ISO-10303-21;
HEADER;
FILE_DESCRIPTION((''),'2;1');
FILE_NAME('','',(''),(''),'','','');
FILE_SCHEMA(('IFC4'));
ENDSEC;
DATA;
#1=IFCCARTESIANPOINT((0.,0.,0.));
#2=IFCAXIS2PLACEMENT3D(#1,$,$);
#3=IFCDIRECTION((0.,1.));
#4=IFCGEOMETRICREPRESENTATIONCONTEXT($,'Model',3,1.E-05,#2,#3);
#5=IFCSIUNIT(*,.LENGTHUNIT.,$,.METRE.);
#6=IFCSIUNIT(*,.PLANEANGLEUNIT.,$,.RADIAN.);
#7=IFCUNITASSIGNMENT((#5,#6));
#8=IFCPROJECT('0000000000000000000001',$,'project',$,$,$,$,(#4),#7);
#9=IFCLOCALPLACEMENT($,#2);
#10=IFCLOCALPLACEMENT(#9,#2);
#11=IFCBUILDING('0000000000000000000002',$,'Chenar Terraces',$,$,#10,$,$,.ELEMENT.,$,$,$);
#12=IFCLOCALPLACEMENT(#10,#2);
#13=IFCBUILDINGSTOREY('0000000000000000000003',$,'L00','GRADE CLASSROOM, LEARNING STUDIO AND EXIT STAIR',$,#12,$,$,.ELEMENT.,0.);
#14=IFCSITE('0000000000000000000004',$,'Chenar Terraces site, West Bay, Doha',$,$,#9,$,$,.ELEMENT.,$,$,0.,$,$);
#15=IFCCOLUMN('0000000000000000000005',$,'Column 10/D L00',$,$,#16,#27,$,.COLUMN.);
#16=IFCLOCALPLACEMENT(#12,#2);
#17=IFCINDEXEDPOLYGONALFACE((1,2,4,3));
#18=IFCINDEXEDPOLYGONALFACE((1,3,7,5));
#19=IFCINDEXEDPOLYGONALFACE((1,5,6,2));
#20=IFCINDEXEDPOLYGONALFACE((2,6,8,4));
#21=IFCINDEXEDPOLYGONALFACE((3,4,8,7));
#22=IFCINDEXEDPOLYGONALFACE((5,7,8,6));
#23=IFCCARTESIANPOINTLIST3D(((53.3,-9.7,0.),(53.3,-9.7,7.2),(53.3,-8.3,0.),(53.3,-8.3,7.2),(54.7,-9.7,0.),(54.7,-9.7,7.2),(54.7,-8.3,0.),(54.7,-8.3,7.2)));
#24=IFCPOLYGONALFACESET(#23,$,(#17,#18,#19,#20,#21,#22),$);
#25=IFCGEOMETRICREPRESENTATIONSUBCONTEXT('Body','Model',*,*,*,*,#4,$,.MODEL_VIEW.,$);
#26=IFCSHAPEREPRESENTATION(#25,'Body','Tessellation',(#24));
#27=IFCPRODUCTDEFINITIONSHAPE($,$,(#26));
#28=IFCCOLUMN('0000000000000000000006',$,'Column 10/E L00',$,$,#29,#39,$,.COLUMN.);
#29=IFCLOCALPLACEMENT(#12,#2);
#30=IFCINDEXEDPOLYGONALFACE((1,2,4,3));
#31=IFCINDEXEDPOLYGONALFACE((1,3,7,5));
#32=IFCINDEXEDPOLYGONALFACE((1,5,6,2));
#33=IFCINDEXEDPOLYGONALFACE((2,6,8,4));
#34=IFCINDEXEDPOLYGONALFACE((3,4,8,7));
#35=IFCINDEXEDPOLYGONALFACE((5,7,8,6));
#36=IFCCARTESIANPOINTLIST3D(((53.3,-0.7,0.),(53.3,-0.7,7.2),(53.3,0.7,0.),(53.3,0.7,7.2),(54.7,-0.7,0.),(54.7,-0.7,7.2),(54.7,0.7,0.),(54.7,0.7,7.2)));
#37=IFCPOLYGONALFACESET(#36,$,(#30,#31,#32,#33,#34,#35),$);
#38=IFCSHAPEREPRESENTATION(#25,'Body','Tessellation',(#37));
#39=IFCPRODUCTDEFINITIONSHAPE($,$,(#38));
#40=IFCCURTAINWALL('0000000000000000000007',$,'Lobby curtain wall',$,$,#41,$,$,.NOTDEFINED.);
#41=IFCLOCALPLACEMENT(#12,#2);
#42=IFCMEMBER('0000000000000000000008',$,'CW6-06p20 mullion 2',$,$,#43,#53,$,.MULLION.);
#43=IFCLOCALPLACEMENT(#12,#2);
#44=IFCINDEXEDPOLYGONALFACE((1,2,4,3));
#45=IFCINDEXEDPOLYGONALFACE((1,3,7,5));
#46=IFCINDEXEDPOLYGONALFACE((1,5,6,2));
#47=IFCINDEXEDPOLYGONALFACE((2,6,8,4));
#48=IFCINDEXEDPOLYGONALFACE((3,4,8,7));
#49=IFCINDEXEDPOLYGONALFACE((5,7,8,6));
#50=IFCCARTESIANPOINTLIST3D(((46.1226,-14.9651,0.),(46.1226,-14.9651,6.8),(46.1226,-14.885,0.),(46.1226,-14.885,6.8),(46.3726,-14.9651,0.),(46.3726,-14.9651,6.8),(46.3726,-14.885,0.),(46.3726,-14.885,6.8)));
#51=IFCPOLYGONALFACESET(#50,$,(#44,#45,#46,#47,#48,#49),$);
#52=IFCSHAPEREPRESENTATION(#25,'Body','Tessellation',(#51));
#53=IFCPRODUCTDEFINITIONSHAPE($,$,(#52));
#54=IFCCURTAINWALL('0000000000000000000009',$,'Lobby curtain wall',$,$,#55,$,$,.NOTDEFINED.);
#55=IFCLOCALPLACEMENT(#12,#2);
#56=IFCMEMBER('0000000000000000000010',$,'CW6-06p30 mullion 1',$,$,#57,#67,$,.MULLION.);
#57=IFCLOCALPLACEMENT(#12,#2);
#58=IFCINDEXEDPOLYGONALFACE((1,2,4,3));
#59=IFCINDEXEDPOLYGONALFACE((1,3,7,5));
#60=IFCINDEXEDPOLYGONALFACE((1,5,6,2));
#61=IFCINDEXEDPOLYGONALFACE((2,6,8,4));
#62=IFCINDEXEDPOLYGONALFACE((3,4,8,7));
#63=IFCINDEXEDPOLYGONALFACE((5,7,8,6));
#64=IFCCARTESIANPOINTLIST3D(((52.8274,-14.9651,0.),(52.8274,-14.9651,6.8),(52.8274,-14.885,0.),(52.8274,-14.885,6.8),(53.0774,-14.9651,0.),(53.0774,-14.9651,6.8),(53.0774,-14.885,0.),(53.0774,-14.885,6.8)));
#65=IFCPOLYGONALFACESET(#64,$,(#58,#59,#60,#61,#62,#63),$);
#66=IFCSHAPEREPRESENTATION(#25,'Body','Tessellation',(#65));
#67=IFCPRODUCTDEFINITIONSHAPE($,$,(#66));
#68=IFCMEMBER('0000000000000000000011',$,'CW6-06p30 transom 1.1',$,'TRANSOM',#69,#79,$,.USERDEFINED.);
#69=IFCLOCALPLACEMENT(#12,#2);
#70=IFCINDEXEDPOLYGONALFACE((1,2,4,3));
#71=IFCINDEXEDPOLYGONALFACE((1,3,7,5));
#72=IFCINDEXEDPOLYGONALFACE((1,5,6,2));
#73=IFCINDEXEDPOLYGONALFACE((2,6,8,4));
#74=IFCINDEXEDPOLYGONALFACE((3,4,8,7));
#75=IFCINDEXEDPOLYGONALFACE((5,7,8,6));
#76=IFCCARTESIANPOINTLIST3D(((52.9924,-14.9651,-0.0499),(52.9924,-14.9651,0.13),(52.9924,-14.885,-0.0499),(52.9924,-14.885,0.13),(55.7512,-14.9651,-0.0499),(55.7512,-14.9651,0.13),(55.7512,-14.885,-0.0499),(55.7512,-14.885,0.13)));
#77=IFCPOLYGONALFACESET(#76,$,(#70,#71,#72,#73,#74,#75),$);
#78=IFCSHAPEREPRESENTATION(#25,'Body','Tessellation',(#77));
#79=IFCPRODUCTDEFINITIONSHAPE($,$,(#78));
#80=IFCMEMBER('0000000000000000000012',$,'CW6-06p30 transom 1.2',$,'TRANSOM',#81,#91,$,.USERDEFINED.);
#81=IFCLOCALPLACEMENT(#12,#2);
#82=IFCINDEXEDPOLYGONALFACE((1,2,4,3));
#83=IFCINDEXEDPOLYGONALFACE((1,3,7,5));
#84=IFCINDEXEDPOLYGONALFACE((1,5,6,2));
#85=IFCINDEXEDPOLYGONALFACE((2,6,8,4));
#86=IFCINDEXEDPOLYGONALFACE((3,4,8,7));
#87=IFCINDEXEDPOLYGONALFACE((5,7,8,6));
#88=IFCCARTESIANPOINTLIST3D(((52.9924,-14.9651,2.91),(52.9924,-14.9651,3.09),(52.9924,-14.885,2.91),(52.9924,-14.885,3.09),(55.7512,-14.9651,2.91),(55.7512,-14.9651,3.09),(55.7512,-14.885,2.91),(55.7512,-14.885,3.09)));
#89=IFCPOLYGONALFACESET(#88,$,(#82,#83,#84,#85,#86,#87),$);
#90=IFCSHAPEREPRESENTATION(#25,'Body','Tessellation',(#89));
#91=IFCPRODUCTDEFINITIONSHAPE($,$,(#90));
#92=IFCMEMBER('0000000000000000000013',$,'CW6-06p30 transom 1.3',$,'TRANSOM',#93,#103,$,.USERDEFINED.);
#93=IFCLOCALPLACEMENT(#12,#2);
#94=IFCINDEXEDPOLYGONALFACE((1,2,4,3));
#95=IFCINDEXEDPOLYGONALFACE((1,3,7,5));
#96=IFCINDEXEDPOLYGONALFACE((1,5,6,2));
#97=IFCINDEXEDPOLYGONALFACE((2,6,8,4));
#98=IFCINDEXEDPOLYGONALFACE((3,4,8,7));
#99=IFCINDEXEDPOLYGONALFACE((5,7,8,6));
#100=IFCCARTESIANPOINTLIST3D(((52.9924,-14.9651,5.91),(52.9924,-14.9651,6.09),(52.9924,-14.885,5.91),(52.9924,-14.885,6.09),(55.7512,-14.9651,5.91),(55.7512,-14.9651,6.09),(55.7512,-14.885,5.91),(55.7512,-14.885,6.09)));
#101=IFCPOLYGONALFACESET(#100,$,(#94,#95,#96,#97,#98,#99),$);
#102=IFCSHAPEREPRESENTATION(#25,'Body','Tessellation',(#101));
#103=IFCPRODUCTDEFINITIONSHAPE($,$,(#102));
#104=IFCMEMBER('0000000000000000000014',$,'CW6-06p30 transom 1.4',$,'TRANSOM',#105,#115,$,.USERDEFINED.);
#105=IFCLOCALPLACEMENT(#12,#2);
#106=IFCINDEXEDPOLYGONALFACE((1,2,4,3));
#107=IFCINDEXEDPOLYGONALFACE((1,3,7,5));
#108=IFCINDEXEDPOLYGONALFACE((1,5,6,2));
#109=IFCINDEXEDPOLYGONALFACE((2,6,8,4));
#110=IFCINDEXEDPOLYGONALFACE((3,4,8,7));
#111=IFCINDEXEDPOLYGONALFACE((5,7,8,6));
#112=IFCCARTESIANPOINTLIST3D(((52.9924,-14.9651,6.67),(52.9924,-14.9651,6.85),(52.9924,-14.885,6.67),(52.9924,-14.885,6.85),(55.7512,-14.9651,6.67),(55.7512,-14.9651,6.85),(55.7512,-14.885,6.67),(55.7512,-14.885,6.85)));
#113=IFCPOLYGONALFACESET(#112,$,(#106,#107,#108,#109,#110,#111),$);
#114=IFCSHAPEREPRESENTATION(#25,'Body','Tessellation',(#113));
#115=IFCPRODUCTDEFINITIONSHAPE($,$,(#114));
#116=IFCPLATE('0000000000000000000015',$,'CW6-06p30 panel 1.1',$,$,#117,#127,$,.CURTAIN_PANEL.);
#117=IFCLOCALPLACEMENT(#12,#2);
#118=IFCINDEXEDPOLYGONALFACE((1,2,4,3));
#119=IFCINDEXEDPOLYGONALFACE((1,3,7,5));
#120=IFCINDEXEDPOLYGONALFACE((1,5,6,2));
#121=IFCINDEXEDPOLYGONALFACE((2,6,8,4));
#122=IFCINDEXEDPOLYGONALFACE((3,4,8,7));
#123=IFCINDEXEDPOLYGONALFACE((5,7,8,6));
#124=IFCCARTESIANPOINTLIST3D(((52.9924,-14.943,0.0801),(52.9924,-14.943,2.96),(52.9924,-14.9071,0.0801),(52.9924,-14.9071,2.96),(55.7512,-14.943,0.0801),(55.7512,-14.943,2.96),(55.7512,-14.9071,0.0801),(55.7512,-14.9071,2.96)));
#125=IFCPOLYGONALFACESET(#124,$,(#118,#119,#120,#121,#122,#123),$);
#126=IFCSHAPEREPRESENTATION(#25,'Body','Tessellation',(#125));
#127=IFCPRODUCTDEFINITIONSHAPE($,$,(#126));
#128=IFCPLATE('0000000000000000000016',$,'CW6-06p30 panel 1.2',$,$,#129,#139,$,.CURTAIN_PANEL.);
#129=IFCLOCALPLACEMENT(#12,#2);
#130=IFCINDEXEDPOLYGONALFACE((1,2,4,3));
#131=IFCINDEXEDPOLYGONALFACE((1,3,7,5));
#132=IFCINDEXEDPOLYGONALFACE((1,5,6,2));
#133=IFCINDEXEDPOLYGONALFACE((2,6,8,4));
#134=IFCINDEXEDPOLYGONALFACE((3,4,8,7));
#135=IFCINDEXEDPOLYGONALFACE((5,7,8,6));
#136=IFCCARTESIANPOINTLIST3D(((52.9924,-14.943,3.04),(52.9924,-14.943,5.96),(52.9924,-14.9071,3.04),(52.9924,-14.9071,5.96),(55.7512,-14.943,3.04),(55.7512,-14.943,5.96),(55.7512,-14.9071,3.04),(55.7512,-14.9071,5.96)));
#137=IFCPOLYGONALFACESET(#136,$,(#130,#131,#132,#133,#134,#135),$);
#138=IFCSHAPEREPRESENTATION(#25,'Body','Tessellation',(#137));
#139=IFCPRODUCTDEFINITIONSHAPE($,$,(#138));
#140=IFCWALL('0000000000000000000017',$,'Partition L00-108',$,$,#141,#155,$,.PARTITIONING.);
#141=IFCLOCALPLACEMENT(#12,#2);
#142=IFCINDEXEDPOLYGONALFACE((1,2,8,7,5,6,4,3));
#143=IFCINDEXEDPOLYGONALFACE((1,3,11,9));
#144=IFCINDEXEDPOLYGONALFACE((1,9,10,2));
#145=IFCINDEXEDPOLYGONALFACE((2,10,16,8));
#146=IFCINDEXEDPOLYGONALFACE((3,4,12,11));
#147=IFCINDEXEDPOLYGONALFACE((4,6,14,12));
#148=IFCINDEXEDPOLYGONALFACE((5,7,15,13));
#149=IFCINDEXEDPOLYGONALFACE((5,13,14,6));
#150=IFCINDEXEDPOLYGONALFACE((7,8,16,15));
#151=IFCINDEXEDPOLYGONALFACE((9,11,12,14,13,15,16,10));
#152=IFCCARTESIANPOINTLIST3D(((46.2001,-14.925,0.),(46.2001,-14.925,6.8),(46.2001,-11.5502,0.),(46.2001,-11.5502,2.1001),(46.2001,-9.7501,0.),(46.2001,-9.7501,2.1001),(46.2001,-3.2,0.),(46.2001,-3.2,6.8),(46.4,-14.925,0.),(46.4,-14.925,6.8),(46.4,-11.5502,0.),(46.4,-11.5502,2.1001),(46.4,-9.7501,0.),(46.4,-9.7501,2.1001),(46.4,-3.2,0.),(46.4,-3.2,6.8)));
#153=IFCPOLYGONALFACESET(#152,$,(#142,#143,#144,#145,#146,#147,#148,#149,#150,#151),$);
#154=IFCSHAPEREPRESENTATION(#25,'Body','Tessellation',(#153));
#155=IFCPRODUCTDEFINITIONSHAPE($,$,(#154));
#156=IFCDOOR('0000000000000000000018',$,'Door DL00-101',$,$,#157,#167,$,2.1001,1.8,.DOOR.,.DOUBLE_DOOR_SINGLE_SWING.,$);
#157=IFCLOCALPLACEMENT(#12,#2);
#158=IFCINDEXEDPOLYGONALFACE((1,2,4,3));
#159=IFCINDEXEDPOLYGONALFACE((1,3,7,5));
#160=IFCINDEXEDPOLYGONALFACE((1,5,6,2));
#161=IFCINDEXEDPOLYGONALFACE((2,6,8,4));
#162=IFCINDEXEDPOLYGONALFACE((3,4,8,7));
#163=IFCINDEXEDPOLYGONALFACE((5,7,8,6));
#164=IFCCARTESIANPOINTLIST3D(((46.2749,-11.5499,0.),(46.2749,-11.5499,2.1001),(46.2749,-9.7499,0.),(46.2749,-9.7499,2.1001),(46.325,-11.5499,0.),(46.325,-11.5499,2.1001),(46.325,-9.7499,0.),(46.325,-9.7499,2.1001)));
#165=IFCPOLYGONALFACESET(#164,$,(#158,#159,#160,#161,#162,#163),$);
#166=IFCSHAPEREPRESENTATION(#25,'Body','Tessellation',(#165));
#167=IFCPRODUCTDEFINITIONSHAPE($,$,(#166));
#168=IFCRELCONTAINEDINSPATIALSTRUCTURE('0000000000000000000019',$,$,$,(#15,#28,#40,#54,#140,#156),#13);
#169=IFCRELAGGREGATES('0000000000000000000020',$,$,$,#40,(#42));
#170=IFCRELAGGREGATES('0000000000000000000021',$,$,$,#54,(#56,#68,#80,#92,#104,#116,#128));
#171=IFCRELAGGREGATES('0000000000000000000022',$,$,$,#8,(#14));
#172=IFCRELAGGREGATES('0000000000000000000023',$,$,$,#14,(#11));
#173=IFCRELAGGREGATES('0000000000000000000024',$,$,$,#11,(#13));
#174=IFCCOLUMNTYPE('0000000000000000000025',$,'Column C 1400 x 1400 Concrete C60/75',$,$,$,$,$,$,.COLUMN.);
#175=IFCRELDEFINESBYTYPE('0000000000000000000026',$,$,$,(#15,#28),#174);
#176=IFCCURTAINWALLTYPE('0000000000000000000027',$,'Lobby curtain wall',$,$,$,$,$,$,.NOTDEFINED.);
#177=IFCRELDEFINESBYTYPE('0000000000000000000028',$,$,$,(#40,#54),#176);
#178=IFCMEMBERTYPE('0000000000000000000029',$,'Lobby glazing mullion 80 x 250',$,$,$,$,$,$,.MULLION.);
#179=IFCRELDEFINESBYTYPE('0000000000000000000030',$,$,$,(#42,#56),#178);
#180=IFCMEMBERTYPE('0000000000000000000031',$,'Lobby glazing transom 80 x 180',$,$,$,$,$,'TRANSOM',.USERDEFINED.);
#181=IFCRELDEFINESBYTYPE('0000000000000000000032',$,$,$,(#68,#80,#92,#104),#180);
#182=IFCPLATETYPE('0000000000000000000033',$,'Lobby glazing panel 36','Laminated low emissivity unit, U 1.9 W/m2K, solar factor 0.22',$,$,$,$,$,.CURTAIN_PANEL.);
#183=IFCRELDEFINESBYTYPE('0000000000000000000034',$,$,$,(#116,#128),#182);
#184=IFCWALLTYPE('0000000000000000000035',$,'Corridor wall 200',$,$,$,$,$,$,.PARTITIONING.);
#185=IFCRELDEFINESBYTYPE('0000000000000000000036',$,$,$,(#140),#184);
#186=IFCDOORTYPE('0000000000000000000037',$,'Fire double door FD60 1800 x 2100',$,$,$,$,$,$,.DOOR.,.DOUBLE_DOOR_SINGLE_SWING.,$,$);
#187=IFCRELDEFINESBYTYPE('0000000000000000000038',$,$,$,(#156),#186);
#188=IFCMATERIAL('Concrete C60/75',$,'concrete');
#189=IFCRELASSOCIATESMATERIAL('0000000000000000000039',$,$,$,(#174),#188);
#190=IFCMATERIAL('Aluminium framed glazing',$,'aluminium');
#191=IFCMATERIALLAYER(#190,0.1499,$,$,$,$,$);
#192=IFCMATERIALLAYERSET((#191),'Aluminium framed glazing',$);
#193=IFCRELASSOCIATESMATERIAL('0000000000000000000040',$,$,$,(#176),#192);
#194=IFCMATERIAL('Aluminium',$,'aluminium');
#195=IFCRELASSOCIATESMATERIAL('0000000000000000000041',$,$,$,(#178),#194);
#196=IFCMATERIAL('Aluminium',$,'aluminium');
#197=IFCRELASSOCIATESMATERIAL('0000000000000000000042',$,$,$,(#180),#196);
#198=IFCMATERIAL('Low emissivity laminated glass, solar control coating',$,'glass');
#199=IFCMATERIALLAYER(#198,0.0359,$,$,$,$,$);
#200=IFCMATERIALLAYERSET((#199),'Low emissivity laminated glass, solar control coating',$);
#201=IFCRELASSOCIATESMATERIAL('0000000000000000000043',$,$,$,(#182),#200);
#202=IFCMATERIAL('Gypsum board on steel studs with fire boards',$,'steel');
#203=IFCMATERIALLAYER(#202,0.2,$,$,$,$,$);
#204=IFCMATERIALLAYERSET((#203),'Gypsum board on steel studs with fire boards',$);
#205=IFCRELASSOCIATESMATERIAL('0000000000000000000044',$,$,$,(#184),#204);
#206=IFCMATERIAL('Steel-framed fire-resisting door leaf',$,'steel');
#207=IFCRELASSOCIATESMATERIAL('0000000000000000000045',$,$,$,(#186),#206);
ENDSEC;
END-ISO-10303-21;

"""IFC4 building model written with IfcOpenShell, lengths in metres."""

from ifc_helpers import new_model, si_unit, direction, frame, frame_2d, origin, origin_2d, place, context, subcontext, project, spatial, rectangle, extrude, material, layer, layer_set, material_profile, profile_set, type_object, element, fill, aggregate, save


model = new_model("IFC4")

# Units and contexts
model_context = context("Model", 3, precision=1e-05, world=origin(), true_north=direction((0.0, 1.0)))
body_context = subcontext(model_context, "Body", "Model", "MODEL_VIEW")
ifc_project = project(units=[si_unit("LENGTHUNIT", "METRE"), si_unit("PLANEANGLEUNIT", "RADIAN")], contexts=[model_context])

# Site, building, storey
site_placement = place(None, origin())
site = spatial("IfcSite", under=ifc_project, at=site_placement, Name="Chenar Terraces site, West Bay, Doha", CompositionType="ELEMENT", RefElevation=0.0)
building_placement = place(site_placement, origin())
building = spatial("IfcBuilding", under=site, at=building_placement, Name="Chenar Terraces", CompositionType="ELEMENT")
storey_placement = place(building_placement, origin())
storey = spatial("IfcBuildingStorey", under=building, at=storey_placement, Name="L00", Description="GRADE CLASSROOM, LEARNING STUDIO AND EXIT STAIR", CompositionType="ELEMENT", Elevation=0.0)

# Columns
ifc_material_1 = material(Name="Concrete C60/75", Category="concrete")
ifc_material_profile_1 = material_profile(ifc_material_1, rectangle(XDim=1.3999, YDim=1.3999, at=origin_2d()), Name="C 1400 x 1400")
ifc_profile_set_1 = profile_set([ifc_material_profile_1], Name="Concrete C60/75")
column_type = type_object("IfcColumnType", Name="Column C 1400 x 1400 Concrete C60/75", PredefinedType="COLUMN", material=ifc_profile_set_1)
for number, where, z_axis, x_axis, name in (
    (1, (54.0, -9.0, 0.0), (0.0, 0.0, 1.0), (1.0, 0.0, 0.0), "Column 10/D L00"),
    (2, (54.0, 0.0, 0.0), (0.0, 0.0, 1.0), (1.0, 0.0, 0.0), "Column 10/E L00"),
):
    element("IfcColumn", number, at=place(storey_placement, frame(where, z_axis=z_axis, x_axis=x_axis)), inside=storey, type_object=column_type, Name=name, PredefinedType="COLUMN", context=body_context, shape_type="SweptSolid", body=[
        extrude(rectangle(XDim=1.3999, YDim=1.3999, at=origin_2d()), origin(), (0.0, 0.0, 1.0), 7.2),
    ])

# Curtain wall, member
ifc_material_2 = material(Name="Aluminium framed glazing", Category="aluminium")
ifc_layer_1 = layer(ifc_material_2, 0.1499)
ifc_layer_set_1 = layer_set([ifc_layer_1], Name="Aluminium framed glazing")
curtain_wall_type = type_object("IfcCurtainWallType", Name="Lobby curtain wall", PredefinedType="NOTDEFINED", material=ifc_layer_set_1)
placement = place(storey_placement, origin())
curtain_wall_1 = element("IfcCurtainWall", 3, at=placement, inside=storey, type_object=curtain_wall_type, Name="Lobby curtain wall", PredefinedType="NOTDEFINED")
ifc_material_3 = material(Name="Aluminium", Category="aluminium")
ifc_material_profile_2 = material_profile(ifc_material_3, rectangle(XDim=0.0801, YDim=0.25, at=origin_2d()), Name="Lobby glazing mullion 80 x 250")
ifc_profile_set_2 = profile_set([ifc_material_profile_2], Name="Aluminium")
member_type_1 = type_object("IfcMemberType", Name="Lobby glazing mullion 80 x 250", PredefinedType="MULLION", material=ifc_profile_set_2)
member_1_placement = place(storey_placement, frame((46.2476, -14.925, 0.0), z_axis=(0.0, 0.0, 1.0), x_axis=(0.0, 1.0, 0.0)))
member_1 = element("IfcMember", 4, at=member_1_placement, type_object=member_type_1, Name="CW6-06p20 mullion 2", PredefinedType="MULLION", context=body_context, shape_type="SweptSolid", body=[
    extrude(rectangle(XDim=0.0801, YDim=0.25, at=origin_2d()), origin(), (0.0, 0.0, 1.0), 6.8),
])
aggregate(curtain_wall_1, [member_1])

# Curtain wall, members, plates
curtain_wall_2 = element("IfcCurtainWall", 5, at=placement, inside=storey, type_object=curtain_wall_type, Name="Lobby curtain wall", PredefinedType="NOTDEFINED")
member_2_placement = place(storey_placement, frame((52.9524, -14.925, 0.0), z_axis=(0.0, 0.0, 1.0), x_axis=(0.0, 1.0, 0.0)))
member_2 = element("IfcMember", 6, at=member_2_placement, type_object=member_type_1, Name="CW6-06p30 mullion 1", PredefinedType="MULLION", context=body_context, shape_type="SweptSolid", body=[
    extrude(rectangle(XDim=0.0801, YDim=0.25, at=origin_2d()), origin(), (0.0, 0.0, 1.0), 6.8),
])
ifc_material_4 = material(Name="Aluminium", Category="aluminium")
ifc_material_profile_3 = material_profile(ifc_material_4, rectangle(XDim=0.0801, YDim=0.1799, at=origin_2d()), Name="Lobby glazing transom 80 x 180")
ifc_profile_set_3 = profile_set([ifc_material_profile_3], Name="Aluminium")
member_type_2 = type_object("IfcMemberType", Name="Lobby glazing transom 80 x 180", ElementType="TRANSOM", PredefinedType="USERDEFINED", material=ifc_profile_set_3)
member_3_placement = place(storey_placement, frame((52.9924, -14.925, 0.04), z_axis=(1.0, 0.0, 0.0), x_axis=(0.0, 1.0, 0.0)))
member_3 = element("IfcMember", 7, at=member_3_placement, type_object=member_type_2, Name="CW6-06p30 transom 1.1", ObjectType="TRANSOM", PredefinedType="USERDEFINED", context=body_context, shape_type="SweptSolid", body=[
    extrude(rectangle(XDim=0.0801, YDim=0.1799, at=origin_2d()), origin(), (0.0, 0.0, 1.0), 2.7588),
])
member_4_placement = place(storey_placement, frame((52.9924, -14.925, 3.0), z_axis=(1.0, 0.0, 0.0), x_axis=(0.0, 1.0, 0.0)))
member_4 = element("IfcMember", 8, at=member_4_placement, type_object=member_type_2, Name="CW6-06p30 transom 1.2", ObjectType="TRANSOM", PredefinedType="USERDEFINED", context=body_context, shape_type="SweptSolid", body=[
    extrude(rectangle(XDim=0.0801, YDim=0.1799, at=origin_2d()), origin(), (0.0, 0.0, 1.0), 2.7588),
])
member_5_placement = place(storey_placement, frame((52.9924, -14.925, 6.0), z_axis=(1.0, 0.0, 0.0), x_axis=(0.0, 1.0, 0.0)))
member_5 = element("IfcMember", 9, at=member_5_placement, type_object=member_type_2, Name="CW6-06p30 transom 1.3", ObjectType="TRANSOM", PredefinedType="USERDEFINED", context=body_context, shape_type="SweptSolid", body=[
    extrude(rectangle(XDim=0.0801, YDim=0.1799, at=origin_2d()), origin(), (0.0, 0.0, 1.0), 2.7588),
])
member_6_placement = place(storey_placement, frame((52.9924, -14.925, 6.76), z_axis=(1.0, 0.0, 0.0), x_axis=(0.0, 1.0, 0.0)))
member_6 = element("IfcMember", 10, at=member_6_placement, type_object=member_type_2, Name="CW6-06p30 transom 1.4", ObjectType="TRANSOM", PredefinedType="USERDEFINED", context=body_context, shape_type="SweptSolid", body=[
    extrude(rectangle(XDim=0.0801, YDim=0.1799, at=origin_2d()), origin(), (0.0, 0.0, 1.0), 2.7588),
])
ifc_material_5 = material(Name="Low emissivity laminated glass, solar control coating", Category="glass")
ifc_layer_2 = layer(ifc_material_5, 0.0359)
ifc_layer_set_2 = layer_set([ifc_layer_2], Name="Low emissivity laminated glass, solar control coating")
plate_type = type_object("IfcPlateType", Name="Lobby glazing panel 36", Description="Laminated low emissivity unit, U 1.9 W/m2K, solar factor 0.22", PredefinedType="CURTAIN_PANEL", material=ifc_layer_set_2)
plate_1_placement = place(storey_placement, frame((54.3718, -14.925, 0.0801), z_axis=(0.0, 0.0, 1.0), x_axis=(1.0, 0.0, 0.0)))
plate_1 = element("IfcPlate", 11, at=plate_1_placement, type_object=plate_type, Name="CW6-06p30 panel 1.1", PredefinedType="CURTAIN_PANEL", context=body_context, shape_type="SweptSolid", body=[
    extrude(rectangle(XDim=2.7588, YDim=0.0359, at=origin_2d()), origin(), (0.0, 0.0, 1.0), 2.8799),
])
plate_2_placement = place(storey_placement, frame((54.3718, -14.925, 3.04), z_axis=(0.0, 0.0, 1.0), x_axis=(1.0, 0.0, 0.0)))
plate_2 = element("IfcPlate", 12, at=plate_2_placement, type_object=plate_type, Name="CW6-06p30 panel 1.2", PredefinedType="CURTAIN_PANEL", context=body_context, shape_type="SweptSolid", body=[
    extrude(rectangle(XDim=2.7588, YDim=0.0359, at=origin_2d()), origin(), (0.0, 0.0, 1.0), 2.9199),
])
aggregate(curtain_wall_2, [member_2, member_3, member_4, member_5, member_6, plate_1, plate_2])

# Wall, opening, door
ifc_material_6 = material(Name="Gypsum board on steel studs with fire boards", Category="steel")
ifc_layer_3 = layer(ifc_material_6, 0.2)
ifc_layer_set_3 = layer_set([ifc_layer_3], Name="Gypsum board on steel studs with fire boards")
wall_type_1 = type_object("IfcWallType", Name="Corridor wall 200", PredefinedType="PARTITIONING", material=ifc_layer_set_3)
wall_1_placement = place(storey_placement, frame((46.3, -14.925, 0.0), z_axis=(0.0, 0.0, 1.0), x_axis=(0.0, 1.0, 0.0)))
wall_1 = element("IfcWall", 13, at=wall_1_placement, inside=storey, type_object=wall_type_1, Name="Partition L00-108", PredefinedType="PARTITIONING", context=body_context, shape_type="SweptSolid", body=[
    extrude(rectangle(XDim=11.7251, YDim=0.2, at=frame_2d((5.8625, 0.0))), origin(), (0.0, 0.0, 1.0), 6.8),
])
opening_1_placement = place(wall_1_placement, frame((3.375, 0.0, 0.0)))
opening_1 = element("IfcOpeningElement", 14, at=opening_1_placement, cuts=wall_1, PredefinedType="OPENING", context=body_context, shape_type="SweptSolid", body=[
    extrude(rectangle(XDim=1.8, YDim=2.1001, at=frame_2d((0.8999, 1.05))), frame((0.0, 0.1099, 0.0), z_axis=(0.0, -1.0, 0.0), x_axis=(1.0, 0.0, 0.0)), (0.0, 0.0, 1.0), 0.22),
])
ifc_material_7 = material(Name="Steel-framed fire-resisting door leaf", Category="steel")
door_type_1 = type_object("IfcDoorType", Name="Fire double door FD60 1800 x 2100", OperationType="DOUBLE_DOOR_SINGLE_SWING", PredefinedType="DOOR", material=ifc_material_7)
door_1_placement = place(opening_1_placement, frame((1.8, 0.0, 0.0), z_axis=(0.0, 0.0, 1.0), x_axis=(-1.0, 0.0, 0.0)))
door_1 = element("IfcDoor", 15, at=door_1_placement, inside=storey, type_object=door_type_1, Name="Door DL00-101", OperationType="DOUBLE_DOOR_SINGLE_SWING", OverallHeight=2.1001, OverallWidth=1.8, PredefinedType="DOOR", context=body_context, shape_type="SweptSolid", body=[
    extrude(rectangle(XDim=1.8, YDim=2.1001, at=frame_2d((0.8999, 1.05))), frame((0.0, 0.0249, 0.0), z_axis=(0.0, -1.0, 0.0), x_axis=(1.0, 0.0, 0.0)), (0.0, 0.0, 1.0), 0.05),
])
fill(opening_1, door_1)

save(model, "model.ifc")
